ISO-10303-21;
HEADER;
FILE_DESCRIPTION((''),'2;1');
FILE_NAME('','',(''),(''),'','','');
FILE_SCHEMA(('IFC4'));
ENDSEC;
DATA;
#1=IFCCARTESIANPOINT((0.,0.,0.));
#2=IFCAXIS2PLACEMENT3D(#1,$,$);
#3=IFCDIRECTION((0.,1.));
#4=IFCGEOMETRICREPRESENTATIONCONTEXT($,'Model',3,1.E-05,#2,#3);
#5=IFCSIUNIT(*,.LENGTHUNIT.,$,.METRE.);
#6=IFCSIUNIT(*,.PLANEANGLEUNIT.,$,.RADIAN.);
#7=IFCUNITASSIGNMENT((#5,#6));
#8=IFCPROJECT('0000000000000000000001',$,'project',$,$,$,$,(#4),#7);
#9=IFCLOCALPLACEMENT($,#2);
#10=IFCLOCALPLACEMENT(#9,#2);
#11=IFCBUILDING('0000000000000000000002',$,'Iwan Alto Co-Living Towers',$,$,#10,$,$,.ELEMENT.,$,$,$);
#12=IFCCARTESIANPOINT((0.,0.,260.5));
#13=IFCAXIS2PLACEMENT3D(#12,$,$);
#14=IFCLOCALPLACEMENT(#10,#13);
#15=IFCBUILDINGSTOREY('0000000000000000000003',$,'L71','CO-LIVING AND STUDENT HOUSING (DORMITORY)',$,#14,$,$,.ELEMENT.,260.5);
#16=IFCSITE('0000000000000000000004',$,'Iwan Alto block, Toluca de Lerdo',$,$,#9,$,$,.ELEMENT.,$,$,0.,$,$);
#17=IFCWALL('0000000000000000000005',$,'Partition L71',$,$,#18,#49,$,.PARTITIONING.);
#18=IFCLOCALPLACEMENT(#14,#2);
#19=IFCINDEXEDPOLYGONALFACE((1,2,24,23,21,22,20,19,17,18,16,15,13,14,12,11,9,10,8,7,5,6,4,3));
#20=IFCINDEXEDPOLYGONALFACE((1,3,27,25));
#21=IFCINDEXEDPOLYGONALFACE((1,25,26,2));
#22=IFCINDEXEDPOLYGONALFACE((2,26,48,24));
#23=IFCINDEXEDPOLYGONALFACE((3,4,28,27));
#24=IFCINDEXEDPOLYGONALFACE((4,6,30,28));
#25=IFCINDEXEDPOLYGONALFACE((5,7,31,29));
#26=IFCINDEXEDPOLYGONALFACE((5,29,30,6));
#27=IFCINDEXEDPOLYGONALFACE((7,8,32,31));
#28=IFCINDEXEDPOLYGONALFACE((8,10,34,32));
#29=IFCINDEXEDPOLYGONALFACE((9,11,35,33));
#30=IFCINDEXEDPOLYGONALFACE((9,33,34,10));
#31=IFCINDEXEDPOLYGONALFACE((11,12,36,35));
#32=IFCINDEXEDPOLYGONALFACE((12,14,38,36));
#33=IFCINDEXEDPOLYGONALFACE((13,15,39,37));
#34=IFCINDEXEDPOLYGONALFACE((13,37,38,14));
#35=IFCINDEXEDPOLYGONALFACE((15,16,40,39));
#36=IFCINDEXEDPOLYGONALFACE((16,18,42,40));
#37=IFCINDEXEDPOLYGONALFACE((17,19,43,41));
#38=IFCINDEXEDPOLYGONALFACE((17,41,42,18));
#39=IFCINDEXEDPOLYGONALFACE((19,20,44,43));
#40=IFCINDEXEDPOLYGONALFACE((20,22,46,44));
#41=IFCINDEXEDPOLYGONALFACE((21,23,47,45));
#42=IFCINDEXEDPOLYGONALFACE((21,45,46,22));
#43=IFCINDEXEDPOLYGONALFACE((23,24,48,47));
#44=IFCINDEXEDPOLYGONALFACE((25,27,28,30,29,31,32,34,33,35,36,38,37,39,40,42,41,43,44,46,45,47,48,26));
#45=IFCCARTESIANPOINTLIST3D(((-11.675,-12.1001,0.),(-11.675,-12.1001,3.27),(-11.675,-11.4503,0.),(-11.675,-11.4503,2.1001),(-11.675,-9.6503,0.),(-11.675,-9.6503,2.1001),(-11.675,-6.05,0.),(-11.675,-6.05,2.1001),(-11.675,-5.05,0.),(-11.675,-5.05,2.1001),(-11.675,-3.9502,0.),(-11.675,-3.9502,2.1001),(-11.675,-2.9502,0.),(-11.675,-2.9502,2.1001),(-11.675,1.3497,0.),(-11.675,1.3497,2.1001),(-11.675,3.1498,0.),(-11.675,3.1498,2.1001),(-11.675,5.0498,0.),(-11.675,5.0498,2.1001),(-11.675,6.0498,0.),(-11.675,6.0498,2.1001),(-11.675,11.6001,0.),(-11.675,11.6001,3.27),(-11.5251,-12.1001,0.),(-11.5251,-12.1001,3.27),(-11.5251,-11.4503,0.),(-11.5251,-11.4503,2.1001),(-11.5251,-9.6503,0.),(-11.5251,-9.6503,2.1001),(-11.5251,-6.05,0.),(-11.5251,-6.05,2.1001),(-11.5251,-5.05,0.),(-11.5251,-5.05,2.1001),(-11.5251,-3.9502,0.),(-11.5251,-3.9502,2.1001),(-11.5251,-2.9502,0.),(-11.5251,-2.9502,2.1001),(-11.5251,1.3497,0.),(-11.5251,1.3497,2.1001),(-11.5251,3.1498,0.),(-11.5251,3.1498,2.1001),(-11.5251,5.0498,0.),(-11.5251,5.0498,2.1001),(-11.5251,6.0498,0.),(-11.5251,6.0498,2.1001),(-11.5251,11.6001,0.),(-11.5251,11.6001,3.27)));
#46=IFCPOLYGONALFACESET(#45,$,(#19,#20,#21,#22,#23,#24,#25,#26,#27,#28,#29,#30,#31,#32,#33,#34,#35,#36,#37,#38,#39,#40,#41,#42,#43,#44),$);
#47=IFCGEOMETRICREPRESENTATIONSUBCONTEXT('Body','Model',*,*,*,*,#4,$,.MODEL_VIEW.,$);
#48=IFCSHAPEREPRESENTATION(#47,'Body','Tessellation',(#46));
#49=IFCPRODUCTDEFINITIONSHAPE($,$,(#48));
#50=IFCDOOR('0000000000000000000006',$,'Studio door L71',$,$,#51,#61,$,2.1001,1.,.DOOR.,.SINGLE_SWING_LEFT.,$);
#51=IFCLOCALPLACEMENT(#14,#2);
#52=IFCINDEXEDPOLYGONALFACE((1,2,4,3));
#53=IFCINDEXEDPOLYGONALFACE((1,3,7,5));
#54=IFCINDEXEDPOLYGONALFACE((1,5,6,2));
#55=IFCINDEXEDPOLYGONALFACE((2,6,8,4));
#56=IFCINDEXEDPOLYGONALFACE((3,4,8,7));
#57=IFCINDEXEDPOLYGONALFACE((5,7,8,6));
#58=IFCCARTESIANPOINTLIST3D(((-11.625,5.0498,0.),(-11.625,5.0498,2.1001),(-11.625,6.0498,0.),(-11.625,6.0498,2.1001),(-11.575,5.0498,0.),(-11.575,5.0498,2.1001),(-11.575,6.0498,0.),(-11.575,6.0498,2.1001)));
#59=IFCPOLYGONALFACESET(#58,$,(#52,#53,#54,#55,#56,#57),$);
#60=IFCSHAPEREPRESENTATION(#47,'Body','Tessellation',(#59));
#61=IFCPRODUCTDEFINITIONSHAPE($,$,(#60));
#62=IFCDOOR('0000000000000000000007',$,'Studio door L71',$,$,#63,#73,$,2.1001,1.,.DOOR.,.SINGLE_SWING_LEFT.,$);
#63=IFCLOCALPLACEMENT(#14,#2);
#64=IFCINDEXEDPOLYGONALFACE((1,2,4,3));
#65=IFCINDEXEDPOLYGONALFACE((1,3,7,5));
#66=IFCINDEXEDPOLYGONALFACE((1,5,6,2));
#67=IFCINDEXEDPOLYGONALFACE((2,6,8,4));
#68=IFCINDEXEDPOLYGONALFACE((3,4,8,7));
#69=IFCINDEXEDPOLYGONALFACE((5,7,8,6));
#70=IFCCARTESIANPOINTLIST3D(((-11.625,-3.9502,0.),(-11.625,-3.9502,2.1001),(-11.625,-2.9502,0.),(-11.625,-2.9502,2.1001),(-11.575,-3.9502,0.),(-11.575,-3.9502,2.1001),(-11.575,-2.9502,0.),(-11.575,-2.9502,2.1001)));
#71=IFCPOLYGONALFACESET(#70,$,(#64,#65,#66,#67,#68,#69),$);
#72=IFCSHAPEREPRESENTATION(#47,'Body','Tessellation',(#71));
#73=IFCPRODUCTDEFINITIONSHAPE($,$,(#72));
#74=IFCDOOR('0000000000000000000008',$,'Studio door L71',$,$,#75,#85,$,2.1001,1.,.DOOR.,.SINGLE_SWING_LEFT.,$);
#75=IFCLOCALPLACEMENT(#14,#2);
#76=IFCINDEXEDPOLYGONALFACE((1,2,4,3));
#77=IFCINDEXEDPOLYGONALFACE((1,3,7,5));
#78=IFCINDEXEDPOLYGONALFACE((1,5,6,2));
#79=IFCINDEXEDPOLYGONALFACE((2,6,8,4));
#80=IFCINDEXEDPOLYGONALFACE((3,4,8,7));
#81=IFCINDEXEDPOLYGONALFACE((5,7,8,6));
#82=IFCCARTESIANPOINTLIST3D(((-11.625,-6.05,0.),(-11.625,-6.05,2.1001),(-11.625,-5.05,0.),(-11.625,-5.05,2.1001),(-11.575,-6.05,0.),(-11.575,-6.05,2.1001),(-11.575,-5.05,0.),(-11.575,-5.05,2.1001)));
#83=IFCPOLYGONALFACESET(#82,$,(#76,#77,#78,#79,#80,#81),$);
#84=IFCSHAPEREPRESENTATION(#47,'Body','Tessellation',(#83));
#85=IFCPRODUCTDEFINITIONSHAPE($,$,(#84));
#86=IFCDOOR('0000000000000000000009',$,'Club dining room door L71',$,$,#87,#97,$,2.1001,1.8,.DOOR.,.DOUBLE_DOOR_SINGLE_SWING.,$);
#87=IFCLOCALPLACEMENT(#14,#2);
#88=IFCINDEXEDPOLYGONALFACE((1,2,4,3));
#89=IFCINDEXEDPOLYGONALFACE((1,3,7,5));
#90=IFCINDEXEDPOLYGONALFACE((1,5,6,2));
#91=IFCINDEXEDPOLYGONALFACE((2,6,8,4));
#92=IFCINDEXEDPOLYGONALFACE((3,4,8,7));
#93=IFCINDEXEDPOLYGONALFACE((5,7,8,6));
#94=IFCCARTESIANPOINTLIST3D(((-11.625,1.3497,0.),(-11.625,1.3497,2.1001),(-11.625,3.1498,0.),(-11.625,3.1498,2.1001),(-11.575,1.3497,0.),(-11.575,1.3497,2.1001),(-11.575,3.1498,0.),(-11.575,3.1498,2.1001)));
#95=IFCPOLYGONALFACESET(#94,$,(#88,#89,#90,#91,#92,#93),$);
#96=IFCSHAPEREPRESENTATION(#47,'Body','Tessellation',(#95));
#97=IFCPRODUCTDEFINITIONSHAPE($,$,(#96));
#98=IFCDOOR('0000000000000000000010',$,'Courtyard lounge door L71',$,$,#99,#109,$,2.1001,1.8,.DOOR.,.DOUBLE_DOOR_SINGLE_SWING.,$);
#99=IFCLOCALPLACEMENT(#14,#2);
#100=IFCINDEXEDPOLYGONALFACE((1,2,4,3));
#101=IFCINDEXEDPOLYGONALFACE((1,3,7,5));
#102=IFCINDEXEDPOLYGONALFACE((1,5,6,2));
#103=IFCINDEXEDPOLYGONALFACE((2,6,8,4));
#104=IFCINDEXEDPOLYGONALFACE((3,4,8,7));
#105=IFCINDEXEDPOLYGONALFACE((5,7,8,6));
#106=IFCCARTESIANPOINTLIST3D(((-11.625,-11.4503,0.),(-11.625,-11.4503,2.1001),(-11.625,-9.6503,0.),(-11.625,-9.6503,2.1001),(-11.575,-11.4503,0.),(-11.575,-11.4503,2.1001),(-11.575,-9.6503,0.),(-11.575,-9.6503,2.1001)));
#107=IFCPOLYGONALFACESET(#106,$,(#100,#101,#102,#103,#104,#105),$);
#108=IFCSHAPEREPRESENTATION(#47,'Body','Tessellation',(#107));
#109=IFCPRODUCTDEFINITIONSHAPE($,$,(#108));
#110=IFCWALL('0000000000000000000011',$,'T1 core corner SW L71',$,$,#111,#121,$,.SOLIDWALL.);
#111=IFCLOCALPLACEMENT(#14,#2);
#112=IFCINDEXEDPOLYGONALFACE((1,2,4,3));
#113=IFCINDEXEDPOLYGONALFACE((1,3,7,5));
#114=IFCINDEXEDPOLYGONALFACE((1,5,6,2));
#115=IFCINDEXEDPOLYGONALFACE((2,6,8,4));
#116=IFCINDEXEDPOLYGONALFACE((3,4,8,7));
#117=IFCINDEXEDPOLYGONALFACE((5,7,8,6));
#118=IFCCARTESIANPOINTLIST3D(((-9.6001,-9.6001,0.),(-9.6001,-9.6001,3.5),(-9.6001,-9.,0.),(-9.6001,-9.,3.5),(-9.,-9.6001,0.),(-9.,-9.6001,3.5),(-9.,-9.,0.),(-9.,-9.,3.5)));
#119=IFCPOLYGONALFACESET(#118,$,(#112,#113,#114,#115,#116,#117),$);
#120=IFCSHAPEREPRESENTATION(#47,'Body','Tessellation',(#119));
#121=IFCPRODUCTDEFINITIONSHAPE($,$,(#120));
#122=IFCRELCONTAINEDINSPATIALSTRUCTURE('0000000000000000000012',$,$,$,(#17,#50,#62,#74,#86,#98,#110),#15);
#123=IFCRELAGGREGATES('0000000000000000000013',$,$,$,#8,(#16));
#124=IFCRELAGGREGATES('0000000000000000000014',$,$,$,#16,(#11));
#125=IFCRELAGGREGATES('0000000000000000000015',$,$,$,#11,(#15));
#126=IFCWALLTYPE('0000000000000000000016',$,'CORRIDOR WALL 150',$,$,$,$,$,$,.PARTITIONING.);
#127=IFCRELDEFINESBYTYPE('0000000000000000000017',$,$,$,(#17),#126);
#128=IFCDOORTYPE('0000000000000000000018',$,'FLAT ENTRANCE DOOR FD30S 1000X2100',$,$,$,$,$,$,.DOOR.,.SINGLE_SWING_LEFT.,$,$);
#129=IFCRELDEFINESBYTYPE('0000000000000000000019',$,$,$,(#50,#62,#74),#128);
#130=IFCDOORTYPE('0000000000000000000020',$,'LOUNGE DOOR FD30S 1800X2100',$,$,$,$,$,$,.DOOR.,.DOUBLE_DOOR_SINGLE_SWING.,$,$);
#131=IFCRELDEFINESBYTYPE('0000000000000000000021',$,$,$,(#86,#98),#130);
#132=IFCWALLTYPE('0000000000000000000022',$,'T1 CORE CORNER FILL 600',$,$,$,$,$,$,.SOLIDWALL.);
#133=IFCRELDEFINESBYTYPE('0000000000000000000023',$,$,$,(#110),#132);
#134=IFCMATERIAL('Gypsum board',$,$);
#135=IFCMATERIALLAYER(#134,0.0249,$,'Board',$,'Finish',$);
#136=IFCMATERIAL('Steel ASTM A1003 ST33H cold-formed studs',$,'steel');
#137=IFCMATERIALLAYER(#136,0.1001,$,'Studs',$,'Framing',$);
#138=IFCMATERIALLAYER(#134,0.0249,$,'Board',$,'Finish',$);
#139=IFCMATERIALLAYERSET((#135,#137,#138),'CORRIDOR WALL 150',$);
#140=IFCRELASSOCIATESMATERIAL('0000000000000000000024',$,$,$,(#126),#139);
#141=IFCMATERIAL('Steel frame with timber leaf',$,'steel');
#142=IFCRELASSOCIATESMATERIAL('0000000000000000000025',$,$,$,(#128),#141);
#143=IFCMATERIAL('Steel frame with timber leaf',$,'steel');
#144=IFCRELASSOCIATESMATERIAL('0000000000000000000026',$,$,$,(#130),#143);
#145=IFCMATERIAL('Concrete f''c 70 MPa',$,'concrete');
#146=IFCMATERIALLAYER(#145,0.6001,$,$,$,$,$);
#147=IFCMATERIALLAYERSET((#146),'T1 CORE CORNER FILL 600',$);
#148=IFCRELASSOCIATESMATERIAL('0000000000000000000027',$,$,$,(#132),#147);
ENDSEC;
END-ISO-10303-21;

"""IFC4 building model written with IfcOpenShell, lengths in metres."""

from ifc_helpers import new_model, si_unit, direction, frame, frame_2d, origin, place, context, subcontext, project, spatial, rectangle, extrude, material, layer, layer_set, type_object, element, fill, save


model = new_model("IFC4")

# Units and contexts
model_context = context("Model", 3, precision=1e-05, world=origin(), true_north=direction((0.0, 1.0)))
body_context = subcontext(model_context, "Body", "Model", "MODEL_VIEW")
ifc_project = project(units=[si_unit("LENGTHUNIT", "METRE"), si_unit("PLANEANGLEUNIT", "RADIAN")], contexts=[model_context])

# Site, building, storey
site_placement = place(None, origin())
site = spatial("IfcSite", under=ifc_project, at=site_placement, Name="Iwan Alto block, Toluca de Lerdo", CompositionType="ELEMENT", RefElevation=0.0)
building_placement = place(site_placement, origin())
building = spatial("IfcBuilding", under=site, at=building_placement, Name="Iwan Alto Co-Living Towers", CompositionType="ELEMENT")
storey_placement = place(building_placement, frame((0.0, 0.0, 260.5)))
storey = spatial("IfcBuildingStorey", under=building, at=storey_placement, Name="L71", Description="CO-LIVING AND STUDENT HOUSING (DORMITORY)", CompositionType="ELEMENT", Elevation=260.5)

# Wall, openings, doors
ifc_material_1 = material(Name="Gypsum board")
ifc_layer_1 = layer(ifc_material_1, 0.0249, Name="Board", Category="Finish")
ifc_material_2 = material(Name="Steel ASTM A1003 ST33H cold-formed studs", Category="steel")
ifc_layer_2 = layer(ifc_material_2, 0.1001, Name="Studs", Category="Framing")
ifc_layer_3 = layer(ifc_material_1, 0.0249, Name="Board", Category="Finish")
ifc_layer_set_1 = layer_set([ifc_layer_1, ifc_layer_2, ifc_layer_3], Name="CORRIDOR WALL 150")
wall_type_1 = type_object("IfcWallType", Name="CORRIDOR WALL 150", PredefinedType="PARTITIONING", material=ifc_layer_set_1)
ifc_material_3 = material(Name="Steel frame with timber leaf", Category="steel")
door_type_1 = type_object("IfcDoorType", Name="FLAT ENTRANCE DOOR FD30S 1000X2100", OperationType="SINGLE_SWING_LEFT", PredefinedType="DOOR", material=ifc_material_3)
ifc_material_4 = material(Name="Steel frame with timber leaf", Category="steel")
door_type_2 = type_object("IfcDoorType", Name="LOUNGE DOOR FD30S 1800X2100", OperationType="DOUBLE_DOOR_SINGLE_SWING", PredefinedType="DOOR", material=ifc_material_4)
wall_1_placement = place(storey_placement, frame((-11.6001, -12.1001, 0.0), z_axis=(0.0, 0.0, 1.0), x_axis=(0.0, 1.0, 0.0)))
wall_1 = element("IfcWall", 1, at=wall_1_placement, inside=storey, type_object=wall_type_1, Name="Partition L71", PredefinedType="PARTITIONING", context=body_context, shape_type="SweptSolid", body=[
    extrude(rectangle(XDim=23.7002, YDim=0.1499, at=frame_2d((11.8501, 0.0))), origin(), (0.0, 0.0, 1.0), 3.27),
])
opening_1_placement = place(wall_1_placement, frame((17.1499, 0.0, 0.0)))
opening_1 = element("IfcOpeningElement", 2, at=opening_1_placement, cuts=wall_1, PredefinedType="OPENING", context=body_context, shape_type="SweptSolid", body=[
    extrude(rectangle(XDim=1.0, YDim=2.1001, at=frame_2d((0.5, 1.05))), frame((0.0, 0.085, 0.0), z_axis=(0.0, -1.0, 0.0), x_axis=(1.0, 0.0, 0.0)), (0.0, 0.0, 1.0), 0.1699),
])
opening_2_placement = place(wall_1_placement, frame((13.45, 0.0, 0.0)))
opening_2 = element("IfcOpeningElement", 3, at=opening_2_placement, cuts=wall_1, PredefinedType="OPENING", context=body_context, shape_type="SweptSolid", body=[
    extrude(rectangle(XDim=1.8, YDim=2.1001, at=frame_2d((0.8999, 1.05))), frame((0.0, 0.085, 0.0), z_axis=(0.0, -1.0, 0.0), x_axis=(1.0, 0.0, 0.0)), (0.0, 0.0, 1.0), 0.1699),
])
opening_3_placement = place(wall_1_placement, frame((8.1499, 0.0, 0.0)))
opening_3 = element("IfcOpeningElement", 4, at=opening_3_placement, cuts=wall_1, PredefinedType="OPENING", context=body_context, shape_type="SweptSolid", body=[
    extrude(rectangle(XDim=1.0, YDim=2.1001, at=frame_2d((0.5, 1.05))), frame((0.0, 0.085, 0.0), z_axis=(0.0, -1.0, 0.0), x_axis=(1.0, 0.0, 0.0)), (0.0, 0.0, 1.0), 0.1699),
])
opening_4_placement = place(wall_1_placement, frame((6.05, 0.0, 0.0)))
opening_4 = element("IfcOpeningElement", 5, at=opening_4_placement, cuts=wall_1, PredefinedType="OPENING", context=body_context, shape_type="SweptSolid", body=[
    extrude(rectangle(XDim=1.0, YDim=2.1001, at=frame_2d((0.5, 1.05))), frame((0.0, 0.085, 0.0), z_axis=(0.0, -1.0, 0.0), x_axis=(1.0, 0.0, 0.0)), (0.0, 0.0, 1.0), 0.1699),
])
opening_5_placement = place(wall_1_placement, frame((0.6499, 0.0, 0.0)))
opening_5 = element("IfcOpeningElement", 6, at=opening_5_placement, cuts=wall_1, PredefinedType="OPENING", context=body_context, shape_type="SweptSolid", body=[
    extrude(rectangle(XDim=1.8, YDim=2.1001, at=frame_2d((0.8999, 1.05))), frame((0.0, 0.085, 0.0), z_axis=(0.0, -1.0, 0.0), x_axis=(1.0, 0.0, 0.0)), (0.0, 0.0, 1.0), 0.1699),
])
door_1_placement = place(opening_1_placement, origin())
door_1 = element("IfcDoor", 7, at=door_1_placement, inside=storey, type_object=door_type_1, Name="Studio door L71", OperationType="SINGLE_SWING_LEFT", OverallHeight=2.1001, OverallWidth=1.0, PredefinedType="DOOR", context=body_context, shape_type="SweptSolid", body=[
    extrude(rectangle(XDim=1.0, YDim=2.1001, at=frame_2d((0.5, 1.05))), frame((0.0, 0.0249, 0.0), z_axis=(0.0, -1.0, 0.0), x_axis=(1.0, 0.0, 0.0)), (0.0, 0.0, 1.0), 0.05),
])
fill(opening_1, door_1)
door_2_placement = place(opening_3_placement, origin())
door_2 = element("IfcDoor", 8, at=door_2_placement, inside=storey, type_object=door_type_1, Name="Studio door L71", OperationType="SINGLE_SWING_LEFT", OverallHeight=2.1001, OverallWidth=1.0, PredefinedType="DOOR", context=body_context, shape_type="SweptSolid", body=[
    extrude(rectangle(XDim=1.0, YDim=2.1001, at=frame_2d((0.5, 1.05))), frame((0.0, 0.0249, 0.0), z_axis=(0.0, -1.0, 0.0), x_axis=(1.0, 0.0, 0.0)), (0.0, 0.0, 1.0), 0.05),
])
fill(opening_3, door_2)
door_3_placement = place(opening_4_placement, origin())
door_3 = element("IfcDoor", 9, at=door_3_placement, inside=storey, type_object=door_type_1, Name="Studio door L71", OperationType="SINGLE_SWING_LEFT", OverallHeight=2.1001, OverallWidth=1.0, PredefinedType="DOOR", context=body_context, shape_type="SweptSolid", body=[
    extrude(rectangle(XDim=1.0, YDim=2.1001, at=frame_2d((0.5, 1.05))), frame((0.0, 0.0249, 0.0), z_axis=(0.0, -1.0, 0.0), x_axis=(1.0, 0.0, 0.0)), (0.0, 0.0, 1.0), 0.05),
])
fill(opening_4, door_3)
door_4_placement = place(opening_2_placement, origin())
door_4 = element("IfcDoor", 10, at=door_4_placement, inside=storey, type_object=door_type_2, Name="Club dining room door L71", OperationType="DOUBLE_DOOR_SINGLE_SWING", OverallHeight=2.1001, OverallWidth=1.8, PredefinedType="DOOR", context=body_context, shape_type="SweptSolid", body=[
    extrude(rectangle(XDim=1.8, YDim=2.1001, at=frame_2d((0.8999, 1.05))), frame((0.0, 0.0249, 0.0), z_axis=(0.0, -1.0, 0.0), x_axis=(1.0, 0.0, 0.0)), (0.0, 0.0, 1.0), 0.05),
])
fill(opening_2, door_4)
door_5_placement = place(opening_5_placement, origin())
door_5 = element("IfcDoor", 11, at=door_5_placement, inside=storey, type_object=door_type_2, Name="Courtyard lounge door L71", OperationType="DOUBLE_DOOR_SINGLE_SWING", OverallHeight=2.1001, OverallWidth=1.8, PredefinedType="DOOR", context=body_context, shape_type="SweptSolid", body=[
    extrude(rectangle(XDim=1.8, YDim=2.1001, at=frame_2d((0.8999, 1.05))), frame((0.0, 0.0249, 0.0), z_axis=(0.0, -1.0, 0.0), x_axis=(1.0, 0.0, 0.0)), (0.0, 0.0, 1.0), 0.05),
])
fill(opening_5, door_5)

# Wall
ifc_material_5 = material(Name="Concrete f'c 70 MPa", Category="concrete")
ifc_layer_4 = layer(ifc_material_5, 0.6001)
ifc_layer_set_2 = layer_set([ifc_layer_4], Name="T1 CORE CORNER FILL 600")
wall_type_2 = type_object("IfcWallType", Name="T1 CORE CORNER FILL 600", PredefinedType="SOLIDWALL", material=ifc_layer_set_2)
wall_2_placement = place(storey_placement, frame((-9.6001, -9.3, 0.0), z_axis=(0.0, 0.0, 1.0), x_axis=(1.0, 0.0, 0.0)))
element("IfcWall", 12, at=wall_2_placement, inside=storey, type_object=wall_type_2, Name="T1 core corner SW L71", PredefinedType="SOLIDWALL", context=body_context, shape_type="SweptSolid", body=[
    extrude(rectangle(XDim=0.6001, YDim=0.6001, at=frame_2d((0.3, 0.0))), origin(), (0.0, 0.0, 1.0), 3.5),
])

save(model, "model.ifc")
